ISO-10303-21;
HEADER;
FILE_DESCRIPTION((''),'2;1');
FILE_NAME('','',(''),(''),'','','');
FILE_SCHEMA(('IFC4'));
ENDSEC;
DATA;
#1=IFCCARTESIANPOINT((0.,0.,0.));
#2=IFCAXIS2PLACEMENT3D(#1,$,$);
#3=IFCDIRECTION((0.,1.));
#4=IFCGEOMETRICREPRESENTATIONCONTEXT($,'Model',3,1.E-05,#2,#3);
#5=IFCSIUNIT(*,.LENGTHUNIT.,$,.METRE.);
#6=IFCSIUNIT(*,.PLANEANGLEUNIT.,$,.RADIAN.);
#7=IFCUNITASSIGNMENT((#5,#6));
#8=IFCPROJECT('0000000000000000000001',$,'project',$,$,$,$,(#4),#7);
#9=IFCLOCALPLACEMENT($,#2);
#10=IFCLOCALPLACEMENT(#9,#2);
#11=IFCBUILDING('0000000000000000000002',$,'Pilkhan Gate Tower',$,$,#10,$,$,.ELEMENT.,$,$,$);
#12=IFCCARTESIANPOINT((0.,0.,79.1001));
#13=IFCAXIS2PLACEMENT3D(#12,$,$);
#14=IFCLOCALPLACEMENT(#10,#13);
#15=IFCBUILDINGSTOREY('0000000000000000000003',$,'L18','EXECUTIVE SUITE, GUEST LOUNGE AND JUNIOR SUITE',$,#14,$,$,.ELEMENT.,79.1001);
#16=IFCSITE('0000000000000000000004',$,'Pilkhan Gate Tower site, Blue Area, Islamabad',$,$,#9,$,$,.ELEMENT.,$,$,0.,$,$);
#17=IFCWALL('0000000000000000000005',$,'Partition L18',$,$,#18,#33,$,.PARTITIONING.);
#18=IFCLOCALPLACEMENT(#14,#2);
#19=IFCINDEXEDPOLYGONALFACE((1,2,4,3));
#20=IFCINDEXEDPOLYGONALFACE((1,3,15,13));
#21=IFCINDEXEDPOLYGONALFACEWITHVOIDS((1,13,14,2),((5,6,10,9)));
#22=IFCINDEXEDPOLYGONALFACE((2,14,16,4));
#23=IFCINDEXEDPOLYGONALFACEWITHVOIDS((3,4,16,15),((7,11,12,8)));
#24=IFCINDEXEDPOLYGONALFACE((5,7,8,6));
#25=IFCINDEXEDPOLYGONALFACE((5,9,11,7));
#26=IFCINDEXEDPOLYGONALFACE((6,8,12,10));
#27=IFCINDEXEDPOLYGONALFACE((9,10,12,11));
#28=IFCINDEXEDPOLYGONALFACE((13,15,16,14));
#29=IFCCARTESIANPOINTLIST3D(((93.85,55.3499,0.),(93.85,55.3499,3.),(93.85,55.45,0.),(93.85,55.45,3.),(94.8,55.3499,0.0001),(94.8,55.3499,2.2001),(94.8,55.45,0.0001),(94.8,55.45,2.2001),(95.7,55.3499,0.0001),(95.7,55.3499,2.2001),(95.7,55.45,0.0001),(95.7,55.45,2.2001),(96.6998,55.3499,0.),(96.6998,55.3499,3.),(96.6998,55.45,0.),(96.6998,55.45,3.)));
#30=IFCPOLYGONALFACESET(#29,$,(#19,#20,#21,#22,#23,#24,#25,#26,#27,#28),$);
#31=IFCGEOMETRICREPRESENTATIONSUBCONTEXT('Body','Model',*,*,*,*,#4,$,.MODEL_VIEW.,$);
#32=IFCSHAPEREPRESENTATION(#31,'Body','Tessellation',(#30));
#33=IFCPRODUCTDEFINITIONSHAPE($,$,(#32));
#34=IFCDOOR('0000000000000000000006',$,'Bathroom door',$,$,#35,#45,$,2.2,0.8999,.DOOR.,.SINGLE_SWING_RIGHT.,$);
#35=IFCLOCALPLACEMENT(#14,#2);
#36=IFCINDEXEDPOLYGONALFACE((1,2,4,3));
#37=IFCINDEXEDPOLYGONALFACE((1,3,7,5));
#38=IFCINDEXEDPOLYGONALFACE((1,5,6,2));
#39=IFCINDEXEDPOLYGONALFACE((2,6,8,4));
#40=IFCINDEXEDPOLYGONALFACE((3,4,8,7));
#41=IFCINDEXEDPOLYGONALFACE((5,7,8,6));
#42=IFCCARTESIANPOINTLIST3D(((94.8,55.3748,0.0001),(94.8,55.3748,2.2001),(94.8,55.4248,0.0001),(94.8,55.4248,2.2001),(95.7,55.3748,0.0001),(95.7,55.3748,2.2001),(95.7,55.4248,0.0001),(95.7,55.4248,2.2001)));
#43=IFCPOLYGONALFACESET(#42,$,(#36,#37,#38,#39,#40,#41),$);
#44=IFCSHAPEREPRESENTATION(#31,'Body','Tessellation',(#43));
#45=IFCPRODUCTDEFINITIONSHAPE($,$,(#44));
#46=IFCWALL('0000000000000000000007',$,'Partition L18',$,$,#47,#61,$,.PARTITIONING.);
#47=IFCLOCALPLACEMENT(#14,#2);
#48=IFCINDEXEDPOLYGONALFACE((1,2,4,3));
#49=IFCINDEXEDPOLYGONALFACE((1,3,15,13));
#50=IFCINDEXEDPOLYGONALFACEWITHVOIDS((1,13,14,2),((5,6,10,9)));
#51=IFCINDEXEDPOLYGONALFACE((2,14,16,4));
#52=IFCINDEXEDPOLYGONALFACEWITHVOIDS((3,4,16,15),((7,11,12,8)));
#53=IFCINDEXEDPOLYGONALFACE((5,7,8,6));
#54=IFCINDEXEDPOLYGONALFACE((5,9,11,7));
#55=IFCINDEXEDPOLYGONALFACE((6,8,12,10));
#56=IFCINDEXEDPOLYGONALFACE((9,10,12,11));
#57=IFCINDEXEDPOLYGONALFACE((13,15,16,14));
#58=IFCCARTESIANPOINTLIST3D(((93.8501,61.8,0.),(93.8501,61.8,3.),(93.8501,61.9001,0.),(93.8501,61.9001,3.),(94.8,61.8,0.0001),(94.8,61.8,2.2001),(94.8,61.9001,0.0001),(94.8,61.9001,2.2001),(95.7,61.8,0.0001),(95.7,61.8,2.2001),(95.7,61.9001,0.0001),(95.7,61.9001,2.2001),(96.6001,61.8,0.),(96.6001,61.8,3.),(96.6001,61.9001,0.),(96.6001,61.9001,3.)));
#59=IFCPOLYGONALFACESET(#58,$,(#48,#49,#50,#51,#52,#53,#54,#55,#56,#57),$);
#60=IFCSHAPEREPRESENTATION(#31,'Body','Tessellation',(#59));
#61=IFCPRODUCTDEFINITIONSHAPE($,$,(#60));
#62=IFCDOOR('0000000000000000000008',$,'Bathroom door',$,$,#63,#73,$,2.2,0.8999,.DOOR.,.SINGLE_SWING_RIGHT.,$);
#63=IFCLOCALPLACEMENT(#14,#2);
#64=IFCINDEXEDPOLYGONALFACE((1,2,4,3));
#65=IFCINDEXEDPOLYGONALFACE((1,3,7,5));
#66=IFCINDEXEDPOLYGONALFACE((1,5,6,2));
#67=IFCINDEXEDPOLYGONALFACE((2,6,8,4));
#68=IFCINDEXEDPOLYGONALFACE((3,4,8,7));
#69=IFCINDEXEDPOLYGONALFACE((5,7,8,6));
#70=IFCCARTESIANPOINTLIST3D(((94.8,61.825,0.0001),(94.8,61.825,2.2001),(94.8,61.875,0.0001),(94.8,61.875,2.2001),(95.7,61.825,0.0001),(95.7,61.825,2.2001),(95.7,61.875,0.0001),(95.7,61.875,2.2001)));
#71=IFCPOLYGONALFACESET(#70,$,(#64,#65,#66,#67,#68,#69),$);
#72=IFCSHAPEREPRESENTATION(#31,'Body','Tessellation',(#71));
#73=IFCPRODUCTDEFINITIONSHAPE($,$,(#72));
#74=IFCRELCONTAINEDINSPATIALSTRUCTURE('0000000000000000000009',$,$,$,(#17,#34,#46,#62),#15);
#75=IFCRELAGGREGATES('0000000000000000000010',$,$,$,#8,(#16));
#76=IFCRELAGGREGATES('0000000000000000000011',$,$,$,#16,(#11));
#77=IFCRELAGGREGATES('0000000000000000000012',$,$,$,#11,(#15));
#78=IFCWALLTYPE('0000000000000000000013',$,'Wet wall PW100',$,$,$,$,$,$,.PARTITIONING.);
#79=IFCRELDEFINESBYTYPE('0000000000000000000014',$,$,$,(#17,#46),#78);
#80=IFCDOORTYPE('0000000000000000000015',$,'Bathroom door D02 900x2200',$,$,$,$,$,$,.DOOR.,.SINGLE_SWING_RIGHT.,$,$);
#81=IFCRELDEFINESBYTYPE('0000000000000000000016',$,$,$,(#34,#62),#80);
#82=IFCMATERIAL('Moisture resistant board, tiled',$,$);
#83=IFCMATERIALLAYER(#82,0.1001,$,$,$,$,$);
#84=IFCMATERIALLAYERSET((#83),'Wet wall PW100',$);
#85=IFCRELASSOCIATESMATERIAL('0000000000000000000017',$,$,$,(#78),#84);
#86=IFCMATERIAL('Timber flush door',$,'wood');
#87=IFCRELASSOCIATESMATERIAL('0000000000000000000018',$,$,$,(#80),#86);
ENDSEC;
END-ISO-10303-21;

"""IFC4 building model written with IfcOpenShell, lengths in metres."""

from ifc_helpers import new_model, si_unit, direction, frame, frame_2d, origin, place, context, subcontext, project, spatial, rectangle, extrude, material, layer, layer_set, type_object, element, fill, save


model = new_model("IFC4")

# Units and contexts
model_context = context("Model", 3, precision=1e-05, world=origin(), true_north=direction((0.0, 1.0)))
body_context = subcontext(model_context, "Body", "Model", "MODEL_VIEW")
ifc_project = project(units=[si_unit("LENGTHUNIT", "METRE"), si_unit("PLANEANGLEUNIT", "RADIAN")], contexts=[model_context])

# Site, building, storey
site_placement = place(None, origin())
site = spatial("IfcSite", under=ifc_project, at=site_placement, Name="Pilkhan Gate Tower site, Blue Area, Islamabad", CompositionType="ELEMENT", RefElevation=0.0)
building_placement = place(site_placement, origin())
building = spatial("IfcBuilding", under=site, at=building_placement, Name="Pilkhan Gate Tower", CompositionType="ELEMENT")
storey_placement = place(building_placement, frame((0.0, 0.0, 79.1001)))
storey = spatial("IfcBuildingStorey", under=building, at=storey_placement, Name="L18", Description="EXECUTIVE SUITE, GUEST LOUNGE AND JUNIOR SUITE", CompositionType="ELEMENT", Elevation=79.1001)

# Walls, openings, doors
ifc_material_1 = material(Name="Moisture resistant board, tiled")
ifc_layer_1 = layer(ifc_material_1, 0.1001)
ifc_layer_set_1 = layer_set([ifc_layer_1], Name="Wet wall PW100")
wall_type_1 = type_object("IfcWallType", Name="Wet wall PW100", PredefinedType="PARTITIONING", material=ifc_layer_set_1)
wall_1_placement = place(storey_placement, frame((93.8501, 55.3999, 0.0), z_axis=(0.0, 0.0, 1.0), x_axis=(1.0, 0.0, 0.0)))
wall_1 = element("IfcWall", 1, at=wall_1_placement, inside=storey, type_object=wall_type_1, Name="Partition L18", PredefinedType="PARTITIONING", context=body_context, shape_type="SweptSolid", body=[
    extrude(rectangle(XDim=2.8499, YDim=0.1001, at=frame_2d((1.4248, 0.0))), origin(), (0.0, 0.0, 1.0), 3.0),
])
opening_1_placement = place(wall_1_placement, frame((0.95, 0.0, 0.0)))
opening_1 = element("IfcOpeningElement", 2, at=opening_1_placement, cuts=wall_1, PredefinedType="OPENING", context=body_context, shape_type="SweptSolid", body=[
    extrude(rectangle(XDim=0.8999, YDim=2.2, at=frame_2d((0.45, 1.1001))), frame((0.0, 0.0601, 0.0), z_axis=(0.0, -1.0, 0.0), x_axis=(1.0, 0.0, 0.0)), (0.0, 0.0, 1.0), 0.1201),
])
ifc_material_2 = material(Name="Timber flush door", Category="wood")
door_type_1 = type_object("IfcDoorType", Name="Bathroom door D02 900x2200", OperationType="SINGLE_SWING_RIGHT", PredefinedType="DOOR", material=ifc_material_2)
door_1_placement = place(opening_1_placement, origin())
door_1 = element("IfcDoor", 3, at=door_1_placement, inside=storey, type_object=door_type_1, Name="Bathroom door", OperationType="SINGLE_SWING_RIGHT", OverallHeight=2.2, OverallWidth=0.8999, PredefinedType="DOOR", context=body_context, shape_type="SweptSolid", body=[
    extrude(rectangle(XDim=0.8999, YDim=2.2, at=frame_2d((0.45, 1.1001))), frame((0.0, 0.0249, 0.0), z_axis=(0.0, -1.0, 0.0), x_axis=(1.0, 0.0, 0.0)), (0.0, 0.0, 1.0), 0.05),
])
fill(opening_1, door_1)
wall_2_placement = place(storey_placement, frame((93.8501, 61.8501, 0.0), z_axis=(0.0, 0.0, 1.0), x_axis=(1.0, 0.0, 0.0)))
wall_2 = element("IfcWall", 4, at=wall_2_placement, inside=storey, type_object=wall_type_1, Name="Partition L18", PredefinedType="PARTITIONING", context=body_context, shape_type="SweptSolid", body=[
    extrude(rectangle(XDim=2.75, YDim=0.1001, at=frame_2d((1.375, 0.0))), origin(), (0.0, 0.0, 1.0), 3.0),
])
opening_2_placement = place(wall_2_placement, frame((0.95, 0.0, 0.0)))
opening_2 = element("IfcOpeningElement", 5, at=opening_2_placement, cuts=wall_2, PredefinedType="OPENING", context=body_context, shape_type="SweptSolid", body=[
    extrude(rectangle(XDim=0.8999, YDim=2.2, at=frame_2d((0.45, 1.1001))), frame((0.0, 0.0601, 0.0), z_axis=(0.0, -1.0, 0.0), x_axis=(1.0, 0.0, 0.0)), (0.0, 0.0, 1.0), 0.1201),
])
door_2_placement = place(opening_2_placement, origin())
door_2 = element("IfcDoor", 6, at=door_2_placement, inside=storey, type_object=door_type_1, Name="Bathroom door", OperationType="SINGLE_SWING_RIGHT", OverallHeight=2.2, OverallWidth=0.8999, PredefinedType="DOOR", context=body_context, shape_type="SweptSolid", body=[
    extrude(rectangle(XDim=0.8999, YDim=2.2, at=frame_2d((0.45, 1.1001))), frame((0.0, 0.0249, 0.0), z_axis=(0.0, -1.0, 0.0), x_axis=(1.0, 0.0, 0.0)), (0.0, 0.0, 1.0), 0.05),
])
fill(opening_2, door_2)

save(model, "model.ifc")
